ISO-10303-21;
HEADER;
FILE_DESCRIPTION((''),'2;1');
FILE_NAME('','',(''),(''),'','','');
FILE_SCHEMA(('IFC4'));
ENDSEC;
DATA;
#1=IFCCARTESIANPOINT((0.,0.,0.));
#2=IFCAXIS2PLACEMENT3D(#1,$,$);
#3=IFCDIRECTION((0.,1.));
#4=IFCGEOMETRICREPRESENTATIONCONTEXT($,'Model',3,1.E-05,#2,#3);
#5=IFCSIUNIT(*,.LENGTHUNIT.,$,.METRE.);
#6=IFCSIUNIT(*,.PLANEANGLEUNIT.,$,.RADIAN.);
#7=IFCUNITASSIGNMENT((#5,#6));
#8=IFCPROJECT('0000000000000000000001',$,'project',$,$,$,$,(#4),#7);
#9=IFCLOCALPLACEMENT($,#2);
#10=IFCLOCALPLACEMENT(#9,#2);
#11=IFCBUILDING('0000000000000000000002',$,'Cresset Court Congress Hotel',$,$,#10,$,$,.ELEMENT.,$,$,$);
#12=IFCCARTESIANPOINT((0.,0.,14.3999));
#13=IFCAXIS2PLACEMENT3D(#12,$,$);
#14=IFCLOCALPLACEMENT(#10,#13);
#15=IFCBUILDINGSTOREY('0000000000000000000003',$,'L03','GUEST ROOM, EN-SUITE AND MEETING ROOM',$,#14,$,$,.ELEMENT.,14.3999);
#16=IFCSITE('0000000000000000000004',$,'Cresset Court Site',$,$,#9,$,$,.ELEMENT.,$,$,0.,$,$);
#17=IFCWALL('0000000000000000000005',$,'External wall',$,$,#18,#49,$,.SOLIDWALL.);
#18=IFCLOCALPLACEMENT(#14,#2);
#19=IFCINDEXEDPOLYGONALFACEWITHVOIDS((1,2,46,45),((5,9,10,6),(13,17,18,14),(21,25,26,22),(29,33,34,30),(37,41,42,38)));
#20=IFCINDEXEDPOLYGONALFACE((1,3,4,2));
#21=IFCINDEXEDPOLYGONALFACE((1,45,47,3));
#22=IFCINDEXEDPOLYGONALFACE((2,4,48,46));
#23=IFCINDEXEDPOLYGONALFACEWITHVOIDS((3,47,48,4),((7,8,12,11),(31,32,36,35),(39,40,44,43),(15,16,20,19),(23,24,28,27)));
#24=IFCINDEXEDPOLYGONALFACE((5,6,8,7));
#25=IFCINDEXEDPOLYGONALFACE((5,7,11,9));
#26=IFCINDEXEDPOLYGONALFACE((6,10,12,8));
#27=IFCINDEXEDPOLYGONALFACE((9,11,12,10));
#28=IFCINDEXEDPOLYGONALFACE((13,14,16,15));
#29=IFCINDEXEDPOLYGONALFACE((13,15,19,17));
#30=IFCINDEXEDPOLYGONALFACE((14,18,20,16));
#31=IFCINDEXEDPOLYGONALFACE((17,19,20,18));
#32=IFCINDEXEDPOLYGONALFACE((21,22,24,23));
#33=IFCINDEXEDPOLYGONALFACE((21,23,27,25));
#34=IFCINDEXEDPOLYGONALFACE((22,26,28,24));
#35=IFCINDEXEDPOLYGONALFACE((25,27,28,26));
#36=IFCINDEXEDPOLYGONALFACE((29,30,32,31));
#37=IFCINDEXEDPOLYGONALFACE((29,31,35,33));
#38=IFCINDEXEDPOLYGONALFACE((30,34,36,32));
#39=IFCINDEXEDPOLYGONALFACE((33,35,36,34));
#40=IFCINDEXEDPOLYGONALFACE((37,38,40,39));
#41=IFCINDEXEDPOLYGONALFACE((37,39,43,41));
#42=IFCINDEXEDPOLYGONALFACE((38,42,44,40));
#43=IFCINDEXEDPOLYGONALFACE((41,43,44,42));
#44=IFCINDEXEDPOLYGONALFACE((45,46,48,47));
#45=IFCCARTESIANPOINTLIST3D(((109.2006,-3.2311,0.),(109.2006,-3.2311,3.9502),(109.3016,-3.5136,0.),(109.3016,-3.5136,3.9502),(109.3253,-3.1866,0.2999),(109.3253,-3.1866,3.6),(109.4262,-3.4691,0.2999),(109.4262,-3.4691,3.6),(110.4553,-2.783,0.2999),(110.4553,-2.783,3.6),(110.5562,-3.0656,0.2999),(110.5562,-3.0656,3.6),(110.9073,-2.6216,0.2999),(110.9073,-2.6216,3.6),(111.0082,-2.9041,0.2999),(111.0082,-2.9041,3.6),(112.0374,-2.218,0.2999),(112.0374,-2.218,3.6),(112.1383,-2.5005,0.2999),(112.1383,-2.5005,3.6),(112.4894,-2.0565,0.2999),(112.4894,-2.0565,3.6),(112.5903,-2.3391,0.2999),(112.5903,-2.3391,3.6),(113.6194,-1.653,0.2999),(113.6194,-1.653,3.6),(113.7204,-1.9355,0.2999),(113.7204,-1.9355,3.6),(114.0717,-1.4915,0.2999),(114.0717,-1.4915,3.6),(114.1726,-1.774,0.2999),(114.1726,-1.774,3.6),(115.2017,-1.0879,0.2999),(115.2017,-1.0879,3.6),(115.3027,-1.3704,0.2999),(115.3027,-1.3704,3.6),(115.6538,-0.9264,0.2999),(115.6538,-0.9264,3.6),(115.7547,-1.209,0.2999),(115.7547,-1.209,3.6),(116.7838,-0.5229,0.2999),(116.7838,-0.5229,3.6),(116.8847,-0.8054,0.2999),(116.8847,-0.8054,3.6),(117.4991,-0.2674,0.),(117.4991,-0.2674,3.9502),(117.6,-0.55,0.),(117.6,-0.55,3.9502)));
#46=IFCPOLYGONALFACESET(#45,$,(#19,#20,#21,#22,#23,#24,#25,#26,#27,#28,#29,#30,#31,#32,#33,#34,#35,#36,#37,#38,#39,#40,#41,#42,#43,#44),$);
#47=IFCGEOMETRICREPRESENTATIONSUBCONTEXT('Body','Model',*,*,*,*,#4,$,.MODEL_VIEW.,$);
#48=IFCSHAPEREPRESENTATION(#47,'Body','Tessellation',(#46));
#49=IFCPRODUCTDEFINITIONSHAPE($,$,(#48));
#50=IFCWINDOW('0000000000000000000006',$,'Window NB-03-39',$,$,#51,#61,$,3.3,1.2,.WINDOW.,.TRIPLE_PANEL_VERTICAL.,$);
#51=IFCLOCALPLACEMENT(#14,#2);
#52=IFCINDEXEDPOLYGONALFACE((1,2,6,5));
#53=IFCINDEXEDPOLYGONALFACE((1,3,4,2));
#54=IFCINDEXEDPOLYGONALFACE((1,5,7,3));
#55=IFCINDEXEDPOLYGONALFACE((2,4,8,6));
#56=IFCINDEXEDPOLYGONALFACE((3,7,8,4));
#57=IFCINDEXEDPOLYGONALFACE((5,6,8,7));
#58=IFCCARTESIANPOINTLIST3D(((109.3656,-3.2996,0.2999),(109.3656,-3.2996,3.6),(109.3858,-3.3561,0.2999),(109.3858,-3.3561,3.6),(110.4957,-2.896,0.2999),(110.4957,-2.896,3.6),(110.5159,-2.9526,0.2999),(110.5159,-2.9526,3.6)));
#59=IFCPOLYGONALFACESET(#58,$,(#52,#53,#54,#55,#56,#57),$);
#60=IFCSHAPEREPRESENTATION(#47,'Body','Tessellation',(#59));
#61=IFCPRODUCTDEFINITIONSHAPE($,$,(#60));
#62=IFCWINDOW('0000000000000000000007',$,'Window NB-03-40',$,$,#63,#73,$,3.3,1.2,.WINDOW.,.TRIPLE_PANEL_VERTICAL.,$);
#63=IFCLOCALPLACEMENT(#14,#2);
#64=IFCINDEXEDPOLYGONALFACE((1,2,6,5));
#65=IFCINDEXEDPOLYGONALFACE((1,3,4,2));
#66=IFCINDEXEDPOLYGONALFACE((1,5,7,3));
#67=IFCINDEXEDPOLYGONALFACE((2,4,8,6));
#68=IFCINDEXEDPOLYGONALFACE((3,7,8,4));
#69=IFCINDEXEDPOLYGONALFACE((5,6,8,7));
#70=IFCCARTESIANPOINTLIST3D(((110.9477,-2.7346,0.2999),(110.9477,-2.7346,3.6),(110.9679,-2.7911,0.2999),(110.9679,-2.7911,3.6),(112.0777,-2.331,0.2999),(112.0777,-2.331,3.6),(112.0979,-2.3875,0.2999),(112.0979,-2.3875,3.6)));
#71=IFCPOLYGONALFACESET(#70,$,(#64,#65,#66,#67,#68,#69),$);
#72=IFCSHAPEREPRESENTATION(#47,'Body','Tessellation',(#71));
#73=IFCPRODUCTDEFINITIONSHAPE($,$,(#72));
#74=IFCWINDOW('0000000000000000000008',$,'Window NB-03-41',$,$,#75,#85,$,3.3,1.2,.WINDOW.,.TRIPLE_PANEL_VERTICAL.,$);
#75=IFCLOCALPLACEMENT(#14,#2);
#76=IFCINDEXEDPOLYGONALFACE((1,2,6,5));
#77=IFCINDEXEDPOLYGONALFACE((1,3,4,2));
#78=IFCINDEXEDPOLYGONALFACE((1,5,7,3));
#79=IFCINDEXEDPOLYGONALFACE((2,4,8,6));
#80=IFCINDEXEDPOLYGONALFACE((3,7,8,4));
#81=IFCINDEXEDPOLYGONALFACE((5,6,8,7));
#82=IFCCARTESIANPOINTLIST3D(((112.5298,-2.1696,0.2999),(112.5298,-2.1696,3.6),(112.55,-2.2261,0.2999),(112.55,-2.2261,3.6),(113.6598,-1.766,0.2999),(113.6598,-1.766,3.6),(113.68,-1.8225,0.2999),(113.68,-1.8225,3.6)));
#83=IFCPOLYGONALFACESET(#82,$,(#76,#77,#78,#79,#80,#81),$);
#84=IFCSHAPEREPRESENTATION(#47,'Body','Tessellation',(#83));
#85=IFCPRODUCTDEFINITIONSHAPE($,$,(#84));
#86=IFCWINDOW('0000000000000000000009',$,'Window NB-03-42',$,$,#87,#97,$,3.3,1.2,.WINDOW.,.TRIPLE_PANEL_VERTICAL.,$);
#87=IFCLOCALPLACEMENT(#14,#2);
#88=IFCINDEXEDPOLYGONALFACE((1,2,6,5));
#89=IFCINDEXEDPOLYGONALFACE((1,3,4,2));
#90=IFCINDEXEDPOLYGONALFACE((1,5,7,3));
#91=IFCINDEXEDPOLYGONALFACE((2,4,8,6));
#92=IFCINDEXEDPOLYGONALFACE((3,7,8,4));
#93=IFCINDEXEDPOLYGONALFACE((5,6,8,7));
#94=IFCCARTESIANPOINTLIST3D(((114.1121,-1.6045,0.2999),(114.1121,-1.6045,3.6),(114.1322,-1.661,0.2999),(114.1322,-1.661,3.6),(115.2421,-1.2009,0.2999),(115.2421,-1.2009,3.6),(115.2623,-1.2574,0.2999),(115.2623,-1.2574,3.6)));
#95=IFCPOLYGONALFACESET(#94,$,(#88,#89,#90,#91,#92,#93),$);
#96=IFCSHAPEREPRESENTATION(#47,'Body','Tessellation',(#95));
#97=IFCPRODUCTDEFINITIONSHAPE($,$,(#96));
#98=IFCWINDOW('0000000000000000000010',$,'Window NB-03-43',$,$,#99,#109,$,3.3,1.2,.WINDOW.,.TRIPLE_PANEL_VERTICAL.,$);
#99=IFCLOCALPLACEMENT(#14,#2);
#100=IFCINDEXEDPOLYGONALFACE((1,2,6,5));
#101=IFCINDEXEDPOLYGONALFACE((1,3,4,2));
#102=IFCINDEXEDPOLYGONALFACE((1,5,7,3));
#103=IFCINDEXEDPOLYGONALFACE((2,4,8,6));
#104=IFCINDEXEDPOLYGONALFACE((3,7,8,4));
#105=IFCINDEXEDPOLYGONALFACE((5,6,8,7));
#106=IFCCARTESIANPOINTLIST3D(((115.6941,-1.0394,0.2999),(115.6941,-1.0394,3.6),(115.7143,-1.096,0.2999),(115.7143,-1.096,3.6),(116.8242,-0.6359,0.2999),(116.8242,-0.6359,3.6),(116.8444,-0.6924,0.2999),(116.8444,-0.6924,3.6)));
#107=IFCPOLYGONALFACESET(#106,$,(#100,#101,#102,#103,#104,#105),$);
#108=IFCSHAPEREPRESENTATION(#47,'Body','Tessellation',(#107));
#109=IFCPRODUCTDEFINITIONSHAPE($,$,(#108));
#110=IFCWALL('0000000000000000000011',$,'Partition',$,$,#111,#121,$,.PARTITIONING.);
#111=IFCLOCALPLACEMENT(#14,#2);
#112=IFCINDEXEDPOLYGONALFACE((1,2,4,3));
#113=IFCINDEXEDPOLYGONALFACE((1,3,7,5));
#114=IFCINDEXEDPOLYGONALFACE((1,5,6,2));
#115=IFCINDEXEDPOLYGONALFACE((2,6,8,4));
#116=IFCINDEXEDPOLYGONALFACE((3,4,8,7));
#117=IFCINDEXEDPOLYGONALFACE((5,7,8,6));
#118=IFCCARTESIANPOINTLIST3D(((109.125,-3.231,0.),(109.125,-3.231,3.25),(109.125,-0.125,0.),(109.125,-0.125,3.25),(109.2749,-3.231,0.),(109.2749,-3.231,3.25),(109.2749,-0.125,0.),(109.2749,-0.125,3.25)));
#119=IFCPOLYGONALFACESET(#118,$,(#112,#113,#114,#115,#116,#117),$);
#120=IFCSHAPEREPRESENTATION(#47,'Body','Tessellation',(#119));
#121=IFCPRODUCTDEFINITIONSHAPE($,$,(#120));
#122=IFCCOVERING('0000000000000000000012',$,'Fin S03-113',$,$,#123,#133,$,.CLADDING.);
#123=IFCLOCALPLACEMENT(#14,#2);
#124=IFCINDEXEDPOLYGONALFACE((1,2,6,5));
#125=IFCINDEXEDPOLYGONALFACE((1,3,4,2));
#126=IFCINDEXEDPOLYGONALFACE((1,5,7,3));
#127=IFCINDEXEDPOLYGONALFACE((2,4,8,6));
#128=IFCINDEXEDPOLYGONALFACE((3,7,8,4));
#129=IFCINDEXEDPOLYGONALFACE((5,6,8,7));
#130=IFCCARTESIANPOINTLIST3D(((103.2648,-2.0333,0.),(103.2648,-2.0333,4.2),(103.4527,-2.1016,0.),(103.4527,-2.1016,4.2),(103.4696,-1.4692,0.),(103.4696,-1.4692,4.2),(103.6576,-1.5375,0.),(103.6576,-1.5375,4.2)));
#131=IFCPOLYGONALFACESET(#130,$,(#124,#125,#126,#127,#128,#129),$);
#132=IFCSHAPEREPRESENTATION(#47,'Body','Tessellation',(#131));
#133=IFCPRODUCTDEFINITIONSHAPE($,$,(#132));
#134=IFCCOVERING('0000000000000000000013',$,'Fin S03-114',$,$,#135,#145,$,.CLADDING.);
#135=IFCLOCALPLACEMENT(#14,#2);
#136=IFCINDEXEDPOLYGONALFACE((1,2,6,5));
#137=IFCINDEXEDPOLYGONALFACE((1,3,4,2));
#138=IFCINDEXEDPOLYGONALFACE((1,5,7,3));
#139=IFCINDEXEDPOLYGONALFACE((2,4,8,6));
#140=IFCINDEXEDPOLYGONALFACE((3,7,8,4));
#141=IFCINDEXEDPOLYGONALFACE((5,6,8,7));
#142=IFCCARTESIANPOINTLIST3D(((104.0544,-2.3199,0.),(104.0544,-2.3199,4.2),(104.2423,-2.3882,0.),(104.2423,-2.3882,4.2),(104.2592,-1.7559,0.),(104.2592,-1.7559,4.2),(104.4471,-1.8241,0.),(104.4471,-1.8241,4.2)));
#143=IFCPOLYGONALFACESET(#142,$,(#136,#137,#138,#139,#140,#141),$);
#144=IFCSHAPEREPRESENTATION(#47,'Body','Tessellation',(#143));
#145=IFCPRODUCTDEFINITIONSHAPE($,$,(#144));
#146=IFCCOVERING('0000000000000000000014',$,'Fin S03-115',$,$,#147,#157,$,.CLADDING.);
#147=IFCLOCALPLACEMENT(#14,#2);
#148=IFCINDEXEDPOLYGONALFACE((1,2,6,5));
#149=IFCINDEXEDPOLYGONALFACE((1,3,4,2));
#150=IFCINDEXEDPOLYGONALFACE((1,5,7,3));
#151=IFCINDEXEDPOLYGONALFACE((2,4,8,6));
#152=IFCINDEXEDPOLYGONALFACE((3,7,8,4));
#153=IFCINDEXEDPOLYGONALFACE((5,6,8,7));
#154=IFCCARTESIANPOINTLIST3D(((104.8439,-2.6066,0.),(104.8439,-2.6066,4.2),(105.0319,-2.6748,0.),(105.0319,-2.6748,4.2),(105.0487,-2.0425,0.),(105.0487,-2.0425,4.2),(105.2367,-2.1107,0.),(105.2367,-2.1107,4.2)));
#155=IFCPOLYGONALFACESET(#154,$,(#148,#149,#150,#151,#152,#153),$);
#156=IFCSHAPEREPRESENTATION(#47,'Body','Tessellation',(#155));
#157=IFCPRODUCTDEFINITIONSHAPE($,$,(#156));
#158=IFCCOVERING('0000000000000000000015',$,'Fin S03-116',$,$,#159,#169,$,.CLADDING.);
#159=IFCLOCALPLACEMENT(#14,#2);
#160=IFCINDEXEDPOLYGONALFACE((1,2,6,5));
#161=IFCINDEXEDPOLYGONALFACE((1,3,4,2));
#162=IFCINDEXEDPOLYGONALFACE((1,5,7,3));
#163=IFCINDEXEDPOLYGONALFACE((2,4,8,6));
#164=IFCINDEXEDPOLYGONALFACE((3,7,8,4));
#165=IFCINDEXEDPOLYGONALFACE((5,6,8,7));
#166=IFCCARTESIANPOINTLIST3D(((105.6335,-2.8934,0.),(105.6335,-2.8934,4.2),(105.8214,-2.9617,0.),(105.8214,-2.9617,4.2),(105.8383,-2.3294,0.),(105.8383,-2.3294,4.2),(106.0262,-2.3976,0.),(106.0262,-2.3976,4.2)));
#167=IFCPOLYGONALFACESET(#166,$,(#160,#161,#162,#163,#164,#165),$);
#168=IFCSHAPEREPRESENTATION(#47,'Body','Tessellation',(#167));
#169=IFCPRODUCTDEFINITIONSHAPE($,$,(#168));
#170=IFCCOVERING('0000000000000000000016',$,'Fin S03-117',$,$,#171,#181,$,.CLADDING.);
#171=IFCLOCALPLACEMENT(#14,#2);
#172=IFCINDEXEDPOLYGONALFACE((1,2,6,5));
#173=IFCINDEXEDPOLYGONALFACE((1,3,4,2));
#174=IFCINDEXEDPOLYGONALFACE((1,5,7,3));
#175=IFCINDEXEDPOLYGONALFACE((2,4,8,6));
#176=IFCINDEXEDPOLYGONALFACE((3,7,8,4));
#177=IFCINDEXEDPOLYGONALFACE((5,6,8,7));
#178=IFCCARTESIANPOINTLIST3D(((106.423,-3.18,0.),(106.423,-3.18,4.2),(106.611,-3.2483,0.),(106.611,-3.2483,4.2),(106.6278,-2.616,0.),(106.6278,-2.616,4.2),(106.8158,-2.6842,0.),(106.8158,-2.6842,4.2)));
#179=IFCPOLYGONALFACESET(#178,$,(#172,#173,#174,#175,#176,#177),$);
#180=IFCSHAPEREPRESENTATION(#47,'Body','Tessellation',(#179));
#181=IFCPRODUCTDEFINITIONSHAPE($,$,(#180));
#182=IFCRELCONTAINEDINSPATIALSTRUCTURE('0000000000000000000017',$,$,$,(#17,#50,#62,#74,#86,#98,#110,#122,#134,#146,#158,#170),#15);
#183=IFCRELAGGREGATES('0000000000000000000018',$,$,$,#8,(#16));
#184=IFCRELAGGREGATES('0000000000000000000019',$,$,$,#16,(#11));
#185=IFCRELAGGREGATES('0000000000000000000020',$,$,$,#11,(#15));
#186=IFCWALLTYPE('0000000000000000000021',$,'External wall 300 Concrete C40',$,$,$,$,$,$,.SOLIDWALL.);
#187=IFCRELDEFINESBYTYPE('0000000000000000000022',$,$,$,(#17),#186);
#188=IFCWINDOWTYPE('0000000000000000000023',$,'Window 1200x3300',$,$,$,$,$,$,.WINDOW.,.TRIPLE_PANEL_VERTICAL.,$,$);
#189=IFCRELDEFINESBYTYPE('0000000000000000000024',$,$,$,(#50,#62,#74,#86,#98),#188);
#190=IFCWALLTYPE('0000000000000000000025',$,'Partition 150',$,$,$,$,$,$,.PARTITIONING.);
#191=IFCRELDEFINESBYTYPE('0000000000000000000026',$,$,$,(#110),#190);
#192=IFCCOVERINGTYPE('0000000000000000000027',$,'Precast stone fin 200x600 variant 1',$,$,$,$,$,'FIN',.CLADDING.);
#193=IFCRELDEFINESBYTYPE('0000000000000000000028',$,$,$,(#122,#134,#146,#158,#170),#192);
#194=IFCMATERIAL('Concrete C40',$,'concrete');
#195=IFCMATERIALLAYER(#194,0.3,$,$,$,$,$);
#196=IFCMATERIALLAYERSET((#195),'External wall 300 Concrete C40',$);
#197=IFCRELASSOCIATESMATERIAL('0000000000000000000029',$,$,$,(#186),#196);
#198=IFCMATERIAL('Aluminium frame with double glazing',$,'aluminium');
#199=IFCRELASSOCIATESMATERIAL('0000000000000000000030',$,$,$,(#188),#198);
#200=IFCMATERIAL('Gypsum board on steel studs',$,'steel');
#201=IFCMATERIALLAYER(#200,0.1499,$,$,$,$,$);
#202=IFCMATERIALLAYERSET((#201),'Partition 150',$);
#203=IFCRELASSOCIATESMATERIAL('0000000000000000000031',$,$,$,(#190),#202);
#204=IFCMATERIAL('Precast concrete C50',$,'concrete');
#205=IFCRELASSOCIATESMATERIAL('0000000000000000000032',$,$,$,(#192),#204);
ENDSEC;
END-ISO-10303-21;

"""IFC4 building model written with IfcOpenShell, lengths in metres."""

from ifc_helpers import new_model, si_unit, direction, frame, frame_2d, origin, origin_2d, place, context, subcontext, project, spatial, rectangle, extrude, material, layer, layer_set, type_object, element, fill, save


model = new_model("IFC4")

# Units and contexts
model_context = context("Model", 3, precision=1e-05, world=origin(), true_north=direction((0.0, 1.0)))
body_context = subcontext(model_context, "Body", "Model", "MODEL_VIEW")
ifc_project = project(units=[si_unit("LENGTHUNIT", "METRE"), si_unit("PLANEANGLEUNIT", "RADIAN")], contexts=[model_context])

# Site, building, storey
site_placement = place(None, origin())
site = spatial("IfcSite", under=ifc_project, at=site_placement, Name="Cresset Court Site", CompositionType="ELEMENT", RefElevation=0.0)
building_placement = place(site_placement, origin())
building = spatial("IfcBuilding", under=site, at=building_placement, Name="Cresset Court Congress Hotel", CompositionType="ELEMENT")
storey_placement = place(building_placement, frame((0.0, 0.0, 14.3999)))
storey = spatial("IfcBuildingStorey", under=building, at=storey_placement, Name="L03", Description="GUEST ROOM, EN-SUITE AND MEETING ROOM", CompositionType="ELEMENT", Elevation=14.3999)

# Wall, openings, windows
ifc_material_1 = material(Name="Concrete C40", Category="concrete")
ifc_layer_1 = layer(ifc_material_1, 0.3)
ifc_layer_set_1 = layer_set([ifc_layer_1], Name="External wall 300 Concrete C40")
wall_type_1 = type_object("IfcWallType", Name="External wall 300 Concrete C40", PredefinedType="SOLIDWALL", material=ifc_layer_set_1)
wall_1_placement = place(storey_placement, frame((109.2512, -3.3723, 0.0), z_axis=(0.0, 0.0, 1.0), x_axis=(0.941744, 0.336329, 0.0)))
wall_1 = element("IfcWall", 1, at=wall_1_placement, inside=storey, type_object=wall_type_1, Name="External wall", PredefinedType="SOLIDWALL", context=body_context, shape_type="SweptSolid", body=[
    extrude(rectangle(XDim=8.8118, YDim=0.3, at=frame_2d((4.4058, 0.0))), origin(), (0.0, 0.0, 1.0), 3.9502),
])
opening_1_placement = place(wall_1_placement, frame((0.1321, 0.0, 0.3)))
opening_1 = element("IfcOpeningElement", 2, at=opening_1_placement, cuts=wall_1, PredefinedType="OPENING", context=body_context, shape_type="SweptSolid", body=[
    extrude(rectangle(XDim=1.2, YDim=3.3, at=frame_2d((0.6001, 1.6499))), frame((0.0, 0.1599, 0.0), z_axis=(0.0, -1.0, 0.0), x_axis=(1.0, 0.0, 0.0)), (0.0, 0.0, 1.0), 0.3201),
])
opening_2_placement = place(wall_1_placement, frame((1.812, 0.0, 0.3)))
opening_2 = element("IfcOpeningElement", 3, at=opening_2_placement, cuts=wall_1, PredefinedType="OPENING", context=body_context, shape_type="SweptSolid", body=[
    extrude(rectangle(XDim=1.2, YDim=3.3, at=frame_2d((0.6001, 1.6499))), frame((0.0, 0.1599, 0.0), z_axis=(0.0, -1.0, 0.0), x_axis=(1.0, 0.0, 0.0)), (0.0, 0.0, 1.0), 0.3201),
])
opening_3_placement = place(wall_1_placement, frame((3.4919, 0.0, 0.3)))
opening_3 = element("IfcOpeningElement", 4, at=opening_3_placement, cuts=wall_1, PredefinedType="OPENING", context=body_context, shape_type="SweptSolid", body=[
    extrude(rectangle(XDim=1.2, YDim=3.3, at=frame_2d((0.6001, 1.6499))), frame((0.0, 0.1599, 0.0), z_axis=(0.0, -1.0, 0.0), x_axis=(1.0, 0.0, 0.0)), (0.0, 0.0, 1.0), 0.3201),
])
opening_4_placement = place(wall_1_placement, frame((5.1721, 0.0, 0.3)))
opening_4 = element("IfcOpeningElement", 5, at=opening_4_placement, cuts=wall_1, PredefinedType="OPENING", context=body_context, shape_type="SweptSolid", body=[
    extrude(rectangle(XDim=1.2, YDim=3.3, at=frame_2d((0.6001, 1.6499))), frame((0.0, 0.1599, 0.0), z_axis=(0.0, -1.0, 0.0), x_axis=(1.0, 0.0, 0.0)), (0.0, 0.0, 1.0), 0.3201),
])
opening_5_placement = place(wall_1_placement, frame((6.8521, 0.0, 0.3)))
opening_5 = element("IfcOpeningElement", 6, at=opening_5_placement, cuts=wall_1, PredefinedType="OPENING", context=body_context, shape_type="SweptSolid", body=[
    extrude(rectangle(XDim=1.2, YDim=3.3, at=frame_2d((0.6001, 1.6499))), frame((0.0, 0.1599, 0.0), z_axis=(0.0, -1.0, 0.0), x_axis=(1.0, 0.0, 0.0)), (0.0, 0.0, 1.0), 0.3201),
])
ifc_material_2 = material(Name="Aluminium frame with double glazing", Category="aluminium")
window_type = type_object("IfcWindowType", Name="Window 1200x3300", PartitioningType="TRIPLE_PANEL_VERTICAL", PredefinedType="WINDOW", material=ifc_material_2)
window_1_placement = place(opening_1_placement, origin())
window_1 = element("IfcWindow", 7, at=window_1_placement, inside=storey, type_object=window_type, Name="Window NB-03-39", OverallHeight=3.3, OverallWidth=1.2, PartitioningType="TRIPLE_PANEL_VERTICAL", PredefinedType="WINDOW", context=body_context, shape_type="SweptSolid", body=[
    extrude(rectangle(XDim=1.2, YDim=3.3, at=frame_2d((0.6001, 1.6499))), frame((0.0, 0.03, 0.0), z_axis=(0.0, -1.0, 0.0), x_axis=(1.0, 0.0, 0.0)), (0.0, 0.0, 1.0), 0.0601),
])
fill(opening_1, window_1)
window_2_placement = place(opening_2_placement, origin())
window_2 = element("IfcWindow", 8, at=window_2_placement, inside=storey, type_object=window_type, Name="Window NB-03-40", OverallHeight=3.3, OverallWidth=1.2, PartitioningType="TRIPLE_PANEL_VERTICAL", PredefinedType="WINDOW", context=body_context, shape_type="SweptSolid", body=[
    extrude(rectangle(XDim=1.2, YDim=3.3, at=frame_2d((0.6001, 1.6499))), frame((0.0, 0.03, 0.0), z_axis=(0.0, -1.0, 0.0), x_axis=(1.0, 0.0, 0.0)), (0.0, 0.0, 1.0), 0.0601),
])
fill(opening_2, window_2)
window_3_placement = place(opening_3_placement, origin())
window_3 = element("IfcWindow", 9, at=window_3_placement, inside=storey, type_object=window_type, Name="Window NB-03-41", OverallHeight=3.3, OverallWidth=1.2, PartitioningType="TRIPLE_PANEL_VERTICAL", PredefinedType="WINDOW", context=body_context, shape_type="SweptSolid", body=[
    extrude(rectangle(XDim=1.2, YDim=3.3, at=frame_2d((0.6001, 1.6499))), frame((0.0, 0.03, 0.0), z_axis=(0.0, -1.0, 0.0), x_axis=(1.0, 0.0, 0.0)), (0.0, 0.0, 1.0), 0.0601),
])
fill(opening_3, window_3)
window_4_placement = place(opening_4_placement, origin())
window_4 = element("IfcWindow", 10, at=window_4_placement, inside=storey, type_object=window_type, Name="Window NB-03-42", OverallHeight=3.3, OverallWidth=1.2, PartitioningType="TRIPLE_PANEL_VERTICAL", PredefinedType="WINDOW", context=body_context, shape_type="SweptSolid", body=[
    extrude(rectangle(XDim=1.2, YDim=3.3, at=frame_2d((0.6001, 1.6499))), frame((0.0, 0.03, 0.0), z_axis=(0.0, -1.0, 0.0), x_axis=(1.0, 0.0, 0.0)), (0.0, 0.0, 1.0), 0.0601),
])
fill(opening_4, window_4)
window_5_placement = place(opening_5_placement, origin())
window_5 = element("IfcWindow", 11, at=window_5_placement, inside=storey, type_object=window_type, Name="Window NB-03-43", OverallHeight=3.3, OverallWidth=1.2, PartitioningType="TRIPLE_PANEL_VERTICAL", PredefinedType="WINDOW", context=body_context, shape_type="SweptSolid", body=[
    extrude(rectangle(XDim=1.2, YDim=3.3, at=frame_2d((0.6001, 1.6499))), frame((0.0, 0.03, 0.0), z_axis=(0.0, -1.0, 0.0), x_axis=(1.0, 0.0, 0.0)), (0.0, 0.0, 1.0), 0.0601),
])
fill(opening_5, window_5)

# Wall
ifc_material_3 = material(Name="Gypsum board on steel studs", Category="steel")
ifc_layer_2 = layer(ifc_material_3, 0.1499)
ifc_layer_set_2 = layer_set([ifc_layer_2], Name="Partition 150")
wall_type_2 = type_object("IfcWallType", Name="Partition 150", PredefinedType="PARTITIONING", material=ifc_layer_set_2)
wall_2_placement = place(storey_placement, frame((109.2, -3.231, 0.0), z_axis=(0.0, 0.0, 1.0), x_axis=(0.0, 1.0, 0.0)))
element("IfcWall", 12, at=wall_2_placement, inside=storey, type_object=wall_type_2, Name="Partition", PredefinedType="PARTITIONING", context=body_context, shape_type="SweptSolid", body=[
    extrude(rectangle(XDim=3.106, YDim=0.1499, at=frame_2d((1.553, 0.0))), origin(), (0.0, 0.0, 1.0), 3.25),
])

# Coverings
ifc_material_4 = material(Name="Precast concrete C50", Category="concrete")
covering_type_1 = type_object("IfcCoveringType", Name="Precast stone fin 200x600 variant 1", ElementType="FIN", PredefinedType="CLADDING", material=ifc_material_4)
for number, where, z_axis, x_axis, name in (
    (13, (103.4612, -1.7854, 0.0), (0.0, 0.0, 1.0), (0.939957, -0.341293, 0.0), "Fin S03-113"),
    (14, (104.2507, -2.072, 0.0), (0.0, 0.0, 1.0), (0.939957, -0.341293, 0.0), "Fin S03-114"),
    (15, (105.0403, -2.3586, 0.0), (0.0, 0.0, 1.0), (0.939957, -0.341293, 0.0), "Fin S03-115"),
    (16, (105.8298, -2.6455, 0.0), (0.0, 0.0, 1.0), (0.939957, -0.341293, 0.0), "Fin S03-116"),
    (17, (106.6194, -2.9321, 0.0), (0.0, 0.0, 1.0), (0.939957, -0.341293, 0.0), "Fin S03-117"),
):
    element("IfcCovering", number, at=place(storey_placement, frame(where, z_axis=z_axis, x_axis=x_axis)), inside=storey, type_object=covering_type_1, Name=name, PredefinedType="CLADDING", context=body_context, shape_type="SweptSolid", body=[
        extrude(rectangle(XDim=0.2, YDim=0.6001, at=origin_2d()), origin(), (0.0, 0.0, 1.0), 4.2),
    ])

save(model, "model.ifc")
